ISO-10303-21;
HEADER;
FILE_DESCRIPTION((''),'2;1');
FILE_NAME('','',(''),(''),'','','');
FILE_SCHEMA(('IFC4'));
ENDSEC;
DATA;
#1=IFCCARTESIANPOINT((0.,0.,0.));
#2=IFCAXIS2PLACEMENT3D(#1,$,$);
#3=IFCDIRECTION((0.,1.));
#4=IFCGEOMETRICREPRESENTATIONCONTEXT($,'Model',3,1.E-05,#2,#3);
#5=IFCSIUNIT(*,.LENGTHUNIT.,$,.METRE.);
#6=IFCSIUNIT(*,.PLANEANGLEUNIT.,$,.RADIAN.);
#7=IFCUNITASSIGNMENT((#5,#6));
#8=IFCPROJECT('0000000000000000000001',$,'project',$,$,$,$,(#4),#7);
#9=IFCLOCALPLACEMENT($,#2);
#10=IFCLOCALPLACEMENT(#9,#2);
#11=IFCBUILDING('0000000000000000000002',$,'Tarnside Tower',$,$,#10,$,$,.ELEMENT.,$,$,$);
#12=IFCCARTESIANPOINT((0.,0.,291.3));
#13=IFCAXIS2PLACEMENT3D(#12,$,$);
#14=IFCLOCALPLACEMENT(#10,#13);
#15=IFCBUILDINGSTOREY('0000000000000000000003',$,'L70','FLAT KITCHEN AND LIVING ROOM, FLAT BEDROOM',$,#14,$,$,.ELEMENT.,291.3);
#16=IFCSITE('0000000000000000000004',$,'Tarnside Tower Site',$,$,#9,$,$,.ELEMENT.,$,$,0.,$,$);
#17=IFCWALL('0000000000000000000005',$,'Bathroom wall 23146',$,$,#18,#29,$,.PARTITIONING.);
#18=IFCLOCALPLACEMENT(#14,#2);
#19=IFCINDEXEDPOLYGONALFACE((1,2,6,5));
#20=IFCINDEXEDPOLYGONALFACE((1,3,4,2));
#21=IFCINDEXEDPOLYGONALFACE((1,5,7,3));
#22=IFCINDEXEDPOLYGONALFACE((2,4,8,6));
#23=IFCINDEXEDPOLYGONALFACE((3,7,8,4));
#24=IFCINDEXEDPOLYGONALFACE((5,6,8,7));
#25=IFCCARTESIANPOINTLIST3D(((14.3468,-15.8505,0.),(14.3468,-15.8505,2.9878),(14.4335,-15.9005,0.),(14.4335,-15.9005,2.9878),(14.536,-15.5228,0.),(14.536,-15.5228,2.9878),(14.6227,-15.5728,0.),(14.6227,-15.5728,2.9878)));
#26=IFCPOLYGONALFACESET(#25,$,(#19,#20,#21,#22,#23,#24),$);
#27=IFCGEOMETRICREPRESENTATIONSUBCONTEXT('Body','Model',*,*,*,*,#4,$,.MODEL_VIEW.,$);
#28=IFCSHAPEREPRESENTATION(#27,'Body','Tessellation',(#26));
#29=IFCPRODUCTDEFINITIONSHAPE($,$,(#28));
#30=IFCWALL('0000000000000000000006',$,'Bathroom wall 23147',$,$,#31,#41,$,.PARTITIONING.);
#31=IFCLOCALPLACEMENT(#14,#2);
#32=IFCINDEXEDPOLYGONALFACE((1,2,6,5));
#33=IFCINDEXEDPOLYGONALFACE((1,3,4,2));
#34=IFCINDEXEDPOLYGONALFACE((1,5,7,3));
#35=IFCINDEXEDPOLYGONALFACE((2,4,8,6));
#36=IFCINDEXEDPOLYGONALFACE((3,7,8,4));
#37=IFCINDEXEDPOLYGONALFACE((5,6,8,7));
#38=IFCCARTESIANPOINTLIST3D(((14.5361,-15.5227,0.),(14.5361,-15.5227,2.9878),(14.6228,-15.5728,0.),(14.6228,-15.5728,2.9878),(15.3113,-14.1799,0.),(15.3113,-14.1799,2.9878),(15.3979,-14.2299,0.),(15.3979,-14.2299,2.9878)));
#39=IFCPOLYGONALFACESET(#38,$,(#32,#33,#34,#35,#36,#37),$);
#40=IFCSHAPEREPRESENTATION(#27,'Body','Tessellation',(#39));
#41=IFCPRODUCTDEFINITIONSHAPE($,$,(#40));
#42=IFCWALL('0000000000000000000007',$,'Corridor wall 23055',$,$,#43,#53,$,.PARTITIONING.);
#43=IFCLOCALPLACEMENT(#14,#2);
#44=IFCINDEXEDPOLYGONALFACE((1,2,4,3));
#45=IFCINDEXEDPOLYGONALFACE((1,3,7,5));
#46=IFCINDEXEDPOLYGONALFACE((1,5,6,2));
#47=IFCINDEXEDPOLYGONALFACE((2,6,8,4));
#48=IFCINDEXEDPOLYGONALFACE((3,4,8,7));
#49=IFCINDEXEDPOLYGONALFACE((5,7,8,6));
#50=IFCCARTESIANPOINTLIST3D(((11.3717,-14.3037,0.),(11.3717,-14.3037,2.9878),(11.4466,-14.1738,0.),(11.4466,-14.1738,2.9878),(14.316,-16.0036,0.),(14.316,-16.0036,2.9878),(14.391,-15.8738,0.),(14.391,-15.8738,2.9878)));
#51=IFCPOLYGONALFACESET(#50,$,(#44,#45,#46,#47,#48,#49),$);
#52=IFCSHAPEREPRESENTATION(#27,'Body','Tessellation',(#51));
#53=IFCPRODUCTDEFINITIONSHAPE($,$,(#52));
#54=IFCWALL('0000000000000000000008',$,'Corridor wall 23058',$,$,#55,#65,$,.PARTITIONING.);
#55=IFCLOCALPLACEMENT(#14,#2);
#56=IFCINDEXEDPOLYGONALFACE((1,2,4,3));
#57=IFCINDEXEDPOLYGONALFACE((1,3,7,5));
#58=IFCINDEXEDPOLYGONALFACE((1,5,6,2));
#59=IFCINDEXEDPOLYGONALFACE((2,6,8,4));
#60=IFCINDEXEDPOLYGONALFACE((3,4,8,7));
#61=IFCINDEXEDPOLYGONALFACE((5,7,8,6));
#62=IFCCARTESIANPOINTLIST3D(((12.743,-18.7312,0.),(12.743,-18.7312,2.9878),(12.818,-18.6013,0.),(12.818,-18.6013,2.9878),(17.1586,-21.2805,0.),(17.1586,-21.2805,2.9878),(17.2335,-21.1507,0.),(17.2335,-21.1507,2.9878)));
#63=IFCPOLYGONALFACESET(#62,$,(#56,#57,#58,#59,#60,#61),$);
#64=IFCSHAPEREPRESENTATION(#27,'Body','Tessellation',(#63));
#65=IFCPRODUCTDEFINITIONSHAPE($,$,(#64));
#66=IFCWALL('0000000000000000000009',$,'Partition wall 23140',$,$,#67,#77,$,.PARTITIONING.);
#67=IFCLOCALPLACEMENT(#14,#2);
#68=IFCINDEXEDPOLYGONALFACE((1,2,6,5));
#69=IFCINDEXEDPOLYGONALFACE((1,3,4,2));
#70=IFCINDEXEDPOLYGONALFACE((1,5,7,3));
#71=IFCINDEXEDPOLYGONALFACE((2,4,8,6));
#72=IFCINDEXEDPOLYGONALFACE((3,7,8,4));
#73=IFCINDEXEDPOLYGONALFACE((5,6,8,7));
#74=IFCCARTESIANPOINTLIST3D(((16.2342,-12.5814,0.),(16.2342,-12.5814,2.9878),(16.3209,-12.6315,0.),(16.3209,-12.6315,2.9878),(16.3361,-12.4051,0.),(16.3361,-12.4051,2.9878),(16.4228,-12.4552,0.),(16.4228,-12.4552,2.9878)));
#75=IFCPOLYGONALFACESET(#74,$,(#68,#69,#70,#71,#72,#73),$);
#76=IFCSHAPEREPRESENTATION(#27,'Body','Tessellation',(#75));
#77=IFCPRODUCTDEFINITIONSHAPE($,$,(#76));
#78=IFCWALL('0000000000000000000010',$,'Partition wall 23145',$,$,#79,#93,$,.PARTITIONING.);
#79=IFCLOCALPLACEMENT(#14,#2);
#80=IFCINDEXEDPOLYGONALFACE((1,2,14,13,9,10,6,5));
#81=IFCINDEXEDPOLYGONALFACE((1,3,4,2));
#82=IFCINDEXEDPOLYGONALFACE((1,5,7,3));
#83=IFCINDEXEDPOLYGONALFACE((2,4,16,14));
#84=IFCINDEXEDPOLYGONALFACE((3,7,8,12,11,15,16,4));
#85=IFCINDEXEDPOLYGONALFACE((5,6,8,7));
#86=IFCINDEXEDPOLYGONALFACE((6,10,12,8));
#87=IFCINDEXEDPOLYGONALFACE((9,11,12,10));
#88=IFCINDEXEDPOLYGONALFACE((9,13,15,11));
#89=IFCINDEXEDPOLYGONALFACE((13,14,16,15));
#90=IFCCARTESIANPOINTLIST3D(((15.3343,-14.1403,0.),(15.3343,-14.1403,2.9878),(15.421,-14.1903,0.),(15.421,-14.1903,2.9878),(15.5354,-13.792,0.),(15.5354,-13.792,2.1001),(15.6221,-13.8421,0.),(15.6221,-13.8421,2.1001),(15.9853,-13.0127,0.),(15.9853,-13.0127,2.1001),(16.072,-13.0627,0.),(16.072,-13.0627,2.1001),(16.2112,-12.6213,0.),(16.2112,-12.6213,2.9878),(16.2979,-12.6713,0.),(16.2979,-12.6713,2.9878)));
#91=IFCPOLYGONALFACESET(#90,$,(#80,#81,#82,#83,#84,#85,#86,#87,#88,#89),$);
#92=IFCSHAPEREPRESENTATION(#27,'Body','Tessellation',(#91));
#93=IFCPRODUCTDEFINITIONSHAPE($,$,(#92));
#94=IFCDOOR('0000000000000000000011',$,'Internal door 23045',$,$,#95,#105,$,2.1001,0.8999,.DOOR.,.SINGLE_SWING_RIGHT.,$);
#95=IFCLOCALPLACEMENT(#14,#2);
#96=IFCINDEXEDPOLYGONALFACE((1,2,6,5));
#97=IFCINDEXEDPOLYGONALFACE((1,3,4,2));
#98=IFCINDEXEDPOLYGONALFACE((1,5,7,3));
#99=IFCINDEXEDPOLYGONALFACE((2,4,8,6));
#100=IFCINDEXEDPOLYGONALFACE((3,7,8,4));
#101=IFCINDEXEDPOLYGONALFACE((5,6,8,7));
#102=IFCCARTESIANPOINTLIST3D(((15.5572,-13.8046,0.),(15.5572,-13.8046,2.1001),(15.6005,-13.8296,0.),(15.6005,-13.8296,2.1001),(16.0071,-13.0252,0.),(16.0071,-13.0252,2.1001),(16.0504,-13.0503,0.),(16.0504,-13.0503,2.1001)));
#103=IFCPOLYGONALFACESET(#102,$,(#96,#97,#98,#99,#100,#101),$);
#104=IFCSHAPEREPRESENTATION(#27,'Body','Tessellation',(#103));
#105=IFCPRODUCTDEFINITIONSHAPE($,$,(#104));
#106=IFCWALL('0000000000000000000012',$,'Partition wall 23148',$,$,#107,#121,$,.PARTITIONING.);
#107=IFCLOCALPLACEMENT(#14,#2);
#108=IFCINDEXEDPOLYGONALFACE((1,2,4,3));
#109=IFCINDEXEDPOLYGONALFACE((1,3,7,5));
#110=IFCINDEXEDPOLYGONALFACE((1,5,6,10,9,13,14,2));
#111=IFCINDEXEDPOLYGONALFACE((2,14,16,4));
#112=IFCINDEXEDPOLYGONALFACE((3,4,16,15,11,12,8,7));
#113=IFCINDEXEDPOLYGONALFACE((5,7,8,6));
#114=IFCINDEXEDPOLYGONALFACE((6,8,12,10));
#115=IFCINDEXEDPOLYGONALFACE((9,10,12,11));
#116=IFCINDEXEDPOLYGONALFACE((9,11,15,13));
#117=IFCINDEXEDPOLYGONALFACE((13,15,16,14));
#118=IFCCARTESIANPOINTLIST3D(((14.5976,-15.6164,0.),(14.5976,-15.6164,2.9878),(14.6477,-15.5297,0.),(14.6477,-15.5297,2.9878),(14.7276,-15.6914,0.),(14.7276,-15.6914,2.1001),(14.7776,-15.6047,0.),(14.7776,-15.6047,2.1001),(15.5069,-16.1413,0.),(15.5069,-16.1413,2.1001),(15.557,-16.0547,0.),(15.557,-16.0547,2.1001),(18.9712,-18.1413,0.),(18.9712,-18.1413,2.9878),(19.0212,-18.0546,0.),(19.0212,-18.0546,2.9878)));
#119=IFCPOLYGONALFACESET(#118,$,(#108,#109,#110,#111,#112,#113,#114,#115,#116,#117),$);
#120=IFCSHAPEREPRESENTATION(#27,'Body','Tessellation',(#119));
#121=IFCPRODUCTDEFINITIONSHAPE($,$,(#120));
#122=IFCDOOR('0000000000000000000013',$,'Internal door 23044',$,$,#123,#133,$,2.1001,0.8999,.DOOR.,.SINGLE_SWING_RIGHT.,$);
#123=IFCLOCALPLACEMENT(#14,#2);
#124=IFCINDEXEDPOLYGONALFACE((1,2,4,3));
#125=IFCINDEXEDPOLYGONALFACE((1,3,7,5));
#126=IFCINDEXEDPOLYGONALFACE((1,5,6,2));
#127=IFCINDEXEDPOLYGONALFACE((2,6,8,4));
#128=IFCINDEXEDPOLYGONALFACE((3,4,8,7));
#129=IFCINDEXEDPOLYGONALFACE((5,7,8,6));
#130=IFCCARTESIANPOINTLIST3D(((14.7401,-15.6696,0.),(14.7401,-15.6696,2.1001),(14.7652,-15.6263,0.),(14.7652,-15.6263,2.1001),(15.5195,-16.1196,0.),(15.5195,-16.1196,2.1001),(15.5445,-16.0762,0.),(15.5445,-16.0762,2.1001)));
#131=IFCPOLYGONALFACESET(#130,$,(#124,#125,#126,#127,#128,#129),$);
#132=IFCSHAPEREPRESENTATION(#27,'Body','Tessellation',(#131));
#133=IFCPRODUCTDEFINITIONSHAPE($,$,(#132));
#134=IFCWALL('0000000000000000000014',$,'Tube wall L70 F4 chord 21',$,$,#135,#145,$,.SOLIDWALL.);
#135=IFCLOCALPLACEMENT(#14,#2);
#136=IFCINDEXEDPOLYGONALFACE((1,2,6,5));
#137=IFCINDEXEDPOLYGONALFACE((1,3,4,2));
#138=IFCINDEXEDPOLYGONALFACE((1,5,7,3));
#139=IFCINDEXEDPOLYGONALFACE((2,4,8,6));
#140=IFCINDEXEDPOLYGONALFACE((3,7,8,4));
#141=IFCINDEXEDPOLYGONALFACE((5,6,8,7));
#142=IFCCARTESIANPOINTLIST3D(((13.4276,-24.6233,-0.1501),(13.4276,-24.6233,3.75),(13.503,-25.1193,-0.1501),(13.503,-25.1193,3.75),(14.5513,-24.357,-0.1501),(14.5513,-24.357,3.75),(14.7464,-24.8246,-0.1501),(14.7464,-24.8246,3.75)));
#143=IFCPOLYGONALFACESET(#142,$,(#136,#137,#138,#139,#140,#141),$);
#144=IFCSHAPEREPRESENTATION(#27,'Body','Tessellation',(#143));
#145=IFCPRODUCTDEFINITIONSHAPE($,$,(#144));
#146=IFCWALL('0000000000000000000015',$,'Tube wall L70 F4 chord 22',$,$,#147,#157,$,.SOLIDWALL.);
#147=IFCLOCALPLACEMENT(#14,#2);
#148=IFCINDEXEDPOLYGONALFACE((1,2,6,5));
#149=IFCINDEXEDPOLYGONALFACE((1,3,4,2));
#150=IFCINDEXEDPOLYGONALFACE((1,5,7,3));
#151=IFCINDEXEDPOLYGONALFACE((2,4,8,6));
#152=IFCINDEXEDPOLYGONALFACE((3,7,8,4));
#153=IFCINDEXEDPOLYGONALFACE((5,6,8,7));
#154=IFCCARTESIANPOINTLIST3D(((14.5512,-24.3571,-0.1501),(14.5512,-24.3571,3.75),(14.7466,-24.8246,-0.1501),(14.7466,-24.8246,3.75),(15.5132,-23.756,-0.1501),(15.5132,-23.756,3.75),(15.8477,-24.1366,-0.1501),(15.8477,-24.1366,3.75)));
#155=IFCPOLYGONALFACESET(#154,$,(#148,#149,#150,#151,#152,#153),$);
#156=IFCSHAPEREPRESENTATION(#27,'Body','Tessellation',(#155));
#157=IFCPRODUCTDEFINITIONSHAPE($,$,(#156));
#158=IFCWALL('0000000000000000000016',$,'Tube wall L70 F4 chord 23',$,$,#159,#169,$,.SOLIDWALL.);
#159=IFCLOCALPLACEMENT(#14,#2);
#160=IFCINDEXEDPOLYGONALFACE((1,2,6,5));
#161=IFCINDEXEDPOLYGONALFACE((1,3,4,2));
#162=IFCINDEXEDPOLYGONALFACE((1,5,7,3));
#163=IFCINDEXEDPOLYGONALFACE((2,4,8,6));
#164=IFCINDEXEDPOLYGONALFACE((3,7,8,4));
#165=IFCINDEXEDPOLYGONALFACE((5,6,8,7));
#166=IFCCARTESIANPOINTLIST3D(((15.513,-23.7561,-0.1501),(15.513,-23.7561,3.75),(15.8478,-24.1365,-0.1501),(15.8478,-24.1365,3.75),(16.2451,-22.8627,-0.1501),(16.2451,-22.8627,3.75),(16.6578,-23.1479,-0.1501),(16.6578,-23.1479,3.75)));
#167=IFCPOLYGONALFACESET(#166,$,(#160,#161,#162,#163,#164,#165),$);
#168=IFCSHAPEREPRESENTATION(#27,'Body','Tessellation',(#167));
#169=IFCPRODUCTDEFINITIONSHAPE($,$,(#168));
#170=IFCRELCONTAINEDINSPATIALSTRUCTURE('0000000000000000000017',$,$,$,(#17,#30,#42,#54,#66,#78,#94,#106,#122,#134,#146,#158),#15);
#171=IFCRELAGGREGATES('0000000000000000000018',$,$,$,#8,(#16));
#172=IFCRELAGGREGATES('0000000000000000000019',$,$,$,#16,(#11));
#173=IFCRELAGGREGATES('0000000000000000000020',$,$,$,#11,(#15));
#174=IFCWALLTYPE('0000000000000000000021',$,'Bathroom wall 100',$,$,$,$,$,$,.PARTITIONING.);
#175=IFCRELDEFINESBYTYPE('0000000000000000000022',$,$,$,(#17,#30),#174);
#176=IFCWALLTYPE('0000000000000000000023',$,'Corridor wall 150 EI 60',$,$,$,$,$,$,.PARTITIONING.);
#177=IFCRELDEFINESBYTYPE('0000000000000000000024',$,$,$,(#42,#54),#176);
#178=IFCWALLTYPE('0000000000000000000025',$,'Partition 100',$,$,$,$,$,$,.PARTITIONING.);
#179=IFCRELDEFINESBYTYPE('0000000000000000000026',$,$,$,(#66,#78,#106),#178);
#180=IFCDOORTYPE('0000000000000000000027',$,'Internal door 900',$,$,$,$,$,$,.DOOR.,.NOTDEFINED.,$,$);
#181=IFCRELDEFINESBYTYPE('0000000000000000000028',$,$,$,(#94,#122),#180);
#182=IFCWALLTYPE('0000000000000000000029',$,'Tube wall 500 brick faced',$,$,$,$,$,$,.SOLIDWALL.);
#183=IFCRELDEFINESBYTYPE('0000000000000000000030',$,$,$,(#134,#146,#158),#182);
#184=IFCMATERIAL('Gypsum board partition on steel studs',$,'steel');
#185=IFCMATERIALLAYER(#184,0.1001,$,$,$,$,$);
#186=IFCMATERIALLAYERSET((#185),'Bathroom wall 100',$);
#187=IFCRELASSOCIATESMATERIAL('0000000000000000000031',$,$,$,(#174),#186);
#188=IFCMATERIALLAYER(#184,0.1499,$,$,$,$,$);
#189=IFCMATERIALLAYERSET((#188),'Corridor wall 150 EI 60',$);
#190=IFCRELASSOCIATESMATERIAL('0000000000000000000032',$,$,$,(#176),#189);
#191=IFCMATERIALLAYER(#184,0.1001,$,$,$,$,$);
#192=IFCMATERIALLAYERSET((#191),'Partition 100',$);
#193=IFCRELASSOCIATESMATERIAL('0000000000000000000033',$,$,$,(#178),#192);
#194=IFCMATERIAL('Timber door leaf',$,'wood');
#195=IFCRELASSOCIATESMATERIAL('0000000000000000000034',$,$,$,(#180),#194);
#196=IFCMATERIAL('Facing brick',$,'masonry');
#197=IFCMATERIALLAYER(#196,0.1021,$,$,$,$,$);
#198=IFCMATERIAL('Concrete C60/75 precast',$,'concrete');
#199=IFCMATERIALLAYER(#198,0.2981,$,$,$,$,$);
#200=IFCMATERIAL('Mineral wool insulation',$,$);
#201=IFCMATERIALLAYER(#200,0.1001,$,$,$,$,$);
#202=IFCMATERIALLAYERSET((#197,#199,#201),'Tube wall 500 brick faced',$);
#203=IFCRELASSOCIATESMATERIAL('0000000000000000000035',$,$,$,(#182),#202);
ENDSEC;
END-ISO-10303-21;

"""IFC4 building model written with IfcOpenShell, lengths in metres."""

from ifc_helpers import new_model, si_unit, direction, frame, frame_2d, origin, place, context, subcontext, project, spatial, polyline, rectangle, outline, extrude, material, layer, layer_set, type_object, element, fill, save


model = new_model("IFC4")

# Units and contexts
model_context = context("Model", 3, precision=1e-05, world=origin(), true_north=direction((0.0, 1.0)))
body_context = subcontext(model_context, "Body", "Model", "MODEL_VIEW")
ifc_project = project(units=[si_unit("LENGTHUNIT", "METRE"), si_unit("PLANEANGLEUNIT", "RADIAN")], contexts=[model_context])

# Site, building, storey
site_placement = place(None, origin())
site = spatial("IfcSite", under=ifc_project, at=site_placement, Name="Tarnside Tower Site", CompositionType="ELEMENT", RefElevation=0.0)
building_placement = place(site_placement, origin())
building = spatial("IfcBuilding", under=site, at=building_placement, Name="Tarnside Tower", CompositionType="ELEMENT")
storey_placement = place(building_placement, frame((0.0, 0.0, 291.3)))
storey = spatial("IfcBuildingStorey", under=building, at=storey_placement, Name="L70", Description="FLAT KITCHEN AND LIVING ROOM, FLAT BEDROOM", CompositionType="ELEMENT", Elevation=291.3)

# Walls
ifc_material_1 = material(Name="Gypsum board partition on steel studs", Category="steel")
ifc_layer_1 = layer(ifc_material_1, 0.1001)
ifc_layer_set_1 = layer_set([ifc_layer_1], Name="Bathroom wall 100")
wall_type_1 = type_object("IfcWallType", Name="Bathroom wall 100", PredefinedType="PARTITIONING", material=ifc_layer_set_1)
wall_1_placement = place(storey_placement, frame((14.3901, -15.8755, 0.0), z_axis=(0.0, 0.0, 1.0), x_axis=(0.500095, 0.865971, 0.0)))
element("IfcWall", 1, at=wall_1_placement, inside=storey, type_object=wall_type_1, Name="Bathroom wall 23146", PredefinedType="PARTITIONING", context=body_context, shape_type="SweptSolid", body=[
    extrude(rectangle(XDim=0.3784, YDim=0.1001, at=frame_2d((0.1892, 0.0))), origin(), (0.0, 0.0, 1.0), 2.9878),
])
wall_2_placement = place(storey_placement, frame((14.5793, -15.5479, 0.0), z_axis=(0.0, 0.0, 1.0), x_axis=(0.49995, 0.866054, 0.0)))
element("IfcWall", 2, at=wall_2_placement, inside=storey, type_object=wall_type_1, Name="Bathroom wall 23147", PredefinedType="PARTITIONING", context=body_context, shape_type="SweptSolid", body=[
    extrude(rectangle(XDim=1.5505, YDim=0.1001, at=frame_2d((0.7754, 0.0))), origin(), (0.0, 0.0, 1.0), 2.9878),
])
ifc_layer_2 = layer(ifc_material_1, 0.1499)
ifc_layer_set_2 = layer_set([ifc_layer_2], Name="Corridor wall 150 EI 60")
wall_type_2 = type_object("IfcWallType", Name="Corridor wall 150 EI 60", PredefinedType="PARTITIONING", material=ifc_layer_set_2)
wall_3_placement = place(storey_placement, frame((14.3535, -15.9387, 0.0), z_axis=(0.0, 0.0, 1.0), x_axis=(-0.866021, 0.500008, 0.0)))
element("IfcWall", 3, at=wall_3_placement, inside=storey, type_object=wall_type_2, Name="Corridor wall 23055", PredefinedType="PARTITIONING", context=body_context, shape_type="SweptSolid", body=[
    extrude(rectangle(XDim=3.3999, YDim=0.1499, at=frame_2d((1.7, 0.0))), origin(), (0.0, 0.0, 1.0), 2.9878),
])
wall_4_placement = place(storey_placement, frame((17.196, -21.2156, 0.0), z_axis=(0.0, 0.0, 1.0), x_axis=(-0.866025, 0.500002, 0.0)))
element("IfcWall", 4, at=wall_4_placement, inside=storey, type_object=wall_type_2, Name="Corridor wall 23058", PredefinedType="PARTITIONING", context=body_context, shape_type="SweptSolid", body=[
    extrude(rectangle(XDim=5.0986, YDim=0.1499, at=frame_2d((2.5493, 0.0))), origin(), (0.0, 0.0, 1.0), 2.9878),
])
ifc_layer_3 = layer(ifc_material_1, 0.1001)
ifc_layer_set_3 = layer_set([ifc_layer_3], Name="Partition 100")
wall_type_3 = type_object("IfcWallType", Name="Partition 100", PredefinedType="PARTITIONING", material=ifc_layer_set_3)
wall_5_placement = place(storey_placement, frame((16.2776, -12.6064, 0.0), z_axis=(0.0, 0.0, 1.0), x_axis=(0.500138, 0.865946, 0.0)))
element("IfcWall", 5, at=wall_5_placement, inside=storey, type_object=wall_type_3, Name="Partition wall 23140", PredefinedType="PARTITIONING", context=body_context, shape_type="SweptSolid", body=[
    extrude(rectangle(XDim=0.2036, YDim=0.1001, at=frame_2d((0.1018, 0.0))), origin(), (0.0, 0.0, 1.0), 2.9878),
])

# Walls, openings, doors
wall_6_placement = place(storey_placement, frame((15.3777, -14.1653, 0.0), z_axis=(0.0, 0.0, 1.0), x_axis=(0.499971, 0.866042, 0.0)))
wall_6 = element("IfcWall", 6, at=wall_6_placement, inside=storey, type_object=wall_type_3, Name="Partition wall 23145", PredefinedType="PARTITIONING", context=body_context, shape_type="SweptSolid", body=[
    extrude(rectangle(XDim=1.7539, YDim=0.1001, at=frame_2d((0.877, 0.0))), origin(), (0.0, 0.0, 1.0), 2.9878),
])
opening_1_placement = place(wall_6_placement, frame((0.4021, 0.0, 0.0)))
opening_1 = element("IfcOpeningElement", 7, at=opening_1_placement, cuts=wall_6, PredefinedType="OPENING", context=body_context, shape_type="SweptSolid", body=[
    extrude(rectangle(XDim=0.8999, YDim=2.1001, at=frame_2d((0.45, 1.05))), frame((0.0, 0.0601, 0.0), z_axis=(0.0, -1.0, 0.0), x_axis=(1.0, 0.0, 0.0)), (0.0, 0.0, 1.0), 0.1201),
])
ifc_material_2 = material(Name="Timber door leaf", Category="wood")
door_type = type_object("IfcDoorType", Name="Internal door 900", OperationType="NOTDEFINED", PredefinedType="DOOR", material=ifc_material_2)
door_1_placement = place(opening_1_placement, origin())
door_1 = element("IfcDoor", 8, at=door_1_placement, inside=storey, type_object=door_type, Name="Internal door 23045", OperationType="SINGLE_SWING_RIGHT", OverallHeight=2.1001, OverallWidth=0.8999, PredefinedType="DOOR", context=body_context, shape_type="SweptSolid", body=[
    extrude(rectangle(XDim=0.8999, YDim=2.1001, at=frame_2d((0.45, 1.05))), frame((0.0, 0.0249, 0.0), z_axis=(0.0, -1.0, 0.0), x_axis=(1.0, 0.0, 0.0)), (0.0, 0.0, 1.0), 0.05),
])
fill(opening_1, door_1)
wall_7_placement = place(storey_placement, frame((18.9961, -18.0979, 0.0), z_axis=(0.0, 0.0, 1.0), x_axis=(-0.866039, 0.499976, 0.0)))
wall_7 = element("IfcWall", 9, at=wall_7_placement, inside=storey, type_object=wall_type_3, Name="Partition wall 23148", PredefinedType="PARTITIONING", context=body_context, shape_type="SweptSolid", body=[
    extrude(rectangle(XDim=5.05, YDim=0.1001, at=frame_2d((2.5249, 0.0))), origin(), (0.0, 0.0, 1.0), 2.9878),
])
opening_2_placement = place(wall_7_placement, frame((4.0, 0.0, 0.0)))
opening_2 = element("IfcOpeningElement", 10, at=opening_2_placement, cuts=wall_7, PredefinedType="OPENING", context=body_context, shape_type="SweptSolid", body=[
    extrude(rectangle(XDim=0.8999, YDim=2.1001, at=frame_2d((0.45, 1.05))), frame((0.0, 0.0601, 0.0), z_axis=(0.0, -1.0, 0.0), x_axis=(1.0, 0.0, 0.0)), (0.0, 0.0, 1.0), 0.1201),
])
door_2_placement = place(opening_2_placement, origin())
door_2 = element("IfcDoor", 11, at=door_2_placement, inside=storey, type_object=door_type, Name="Internal door 23044", OperationType="SINGLE_SWING_RIGHT", OverallHeight=2.1001, OverallWidth=0.8999, PredefinedType="DOOR", context=body_context, shape_type="SweptSolid", body=[
    extrude(rectangle(XDim=0.8999, YDim=2.1001, at=frame_2d((0.45, 1.05))), frame((0.0, 0.0249, 0.0), z_axis=(0.0, -1.0, 0.0), x_axis=(1.0, 0.0, 0.0)), (0.0, 0.0, 1.0), 0.05),
])
fill(opening_2, door_2)

# Walls
ifc_material_3 = material(Name="Facing brick", Category="masonry")
ifc_layer_4 = layer(ifc_material_3, 0.1021)
ifc_material_4 = material(Name="Concrete C60/75 precast", Category="concrete")
ifc_layer_5 = layer(ifc_material_4, 0.2981)
ifc_material_5 = material(Name="Mineral wool insulation")
ifc_layer_6 = layer(ifc_material_5, 0.1001)
ifc_layer_set_4 = layer_set([ifc_layer_4, ifc_layer_5, ifc_layer_6], Name="Tube wall 500 brick faced")
wall_type_4 = type_object("IfcWallType", Name="Tube wall 500 brick faced", PredefinedType="SOLIDWALL", material=ifc_layer_set_4)
wall_8_placement = place(storey_placement, frame((13.4653, -24.8713, -0.1501), z_axis=(0.0, 0.0, 1.0), x_axis=(0.973045, 0.230616, 0.0)))
element("IfcWall", 12, at=wall_8_placement, inside=storey, type_object=wall_type_4, Name="Tube wall L70 F4 chord 21", PredefinedType="SOLIDWALL", context=body_context, shape_type="SweptSolid", body=[
    extrude(outline(polyline([(-0.0205, -0.25), (1.2573, -0.25), (1.1753, 0.25), (0.0205, 0.25), (-0.0205, -0.25)])), origin(), (0.0, 0.0, 1.0), 3.9001),
])
wall_9_placement = place(storey_placement, frame((14.6489, -24.5908, -0.1501), z_axis=(0.0, 0.0, 1.0), x_axis=(0.848055, 0.529909, 0.0)))
element("IfcWall", 13, at=wall_9_placement, inside=storey, type_object=wall_type_4, Name="Tube wall L70 F4 chord 22", PredefinedType="SOLIDWALL", context=body_context, shape_type="SweptSolid", body=[
    extrude(outline(polyline([(-0.041, -0.25), (1.2573, -0.25), (1.1753, 0.25), (0.041, 0.25), (-0.041, -0.25)])), origin(), (0.0, 0.0, 1.0), 3.9001),
])
wall_10_placement = place(storey_placement, frame((15.6804, -23.9463, -0.1501), z_axis=(0.0, 0.0, 1.0), x_axis=(0.633806, 0.773492, 0.0)))
element("IfcWall", 14, at=wall_10_placement, inside=storey, type_object=wall_type_4, Name="Tube wall L70 F4 chord 23", PredefinedType="SOLIDWALL", context=body_context, shape_type="SweptSolid", body=[
    extrude(outline(polyline([(-0.041, -0.25), (1.2371, -0.25), (1.196, 0.25), (0.041, 0.25), (-0.041, -0.25)])), origin(), (0.0, 0.0, 1.0), 3.9001),
])

save(model, "model.ifc")
